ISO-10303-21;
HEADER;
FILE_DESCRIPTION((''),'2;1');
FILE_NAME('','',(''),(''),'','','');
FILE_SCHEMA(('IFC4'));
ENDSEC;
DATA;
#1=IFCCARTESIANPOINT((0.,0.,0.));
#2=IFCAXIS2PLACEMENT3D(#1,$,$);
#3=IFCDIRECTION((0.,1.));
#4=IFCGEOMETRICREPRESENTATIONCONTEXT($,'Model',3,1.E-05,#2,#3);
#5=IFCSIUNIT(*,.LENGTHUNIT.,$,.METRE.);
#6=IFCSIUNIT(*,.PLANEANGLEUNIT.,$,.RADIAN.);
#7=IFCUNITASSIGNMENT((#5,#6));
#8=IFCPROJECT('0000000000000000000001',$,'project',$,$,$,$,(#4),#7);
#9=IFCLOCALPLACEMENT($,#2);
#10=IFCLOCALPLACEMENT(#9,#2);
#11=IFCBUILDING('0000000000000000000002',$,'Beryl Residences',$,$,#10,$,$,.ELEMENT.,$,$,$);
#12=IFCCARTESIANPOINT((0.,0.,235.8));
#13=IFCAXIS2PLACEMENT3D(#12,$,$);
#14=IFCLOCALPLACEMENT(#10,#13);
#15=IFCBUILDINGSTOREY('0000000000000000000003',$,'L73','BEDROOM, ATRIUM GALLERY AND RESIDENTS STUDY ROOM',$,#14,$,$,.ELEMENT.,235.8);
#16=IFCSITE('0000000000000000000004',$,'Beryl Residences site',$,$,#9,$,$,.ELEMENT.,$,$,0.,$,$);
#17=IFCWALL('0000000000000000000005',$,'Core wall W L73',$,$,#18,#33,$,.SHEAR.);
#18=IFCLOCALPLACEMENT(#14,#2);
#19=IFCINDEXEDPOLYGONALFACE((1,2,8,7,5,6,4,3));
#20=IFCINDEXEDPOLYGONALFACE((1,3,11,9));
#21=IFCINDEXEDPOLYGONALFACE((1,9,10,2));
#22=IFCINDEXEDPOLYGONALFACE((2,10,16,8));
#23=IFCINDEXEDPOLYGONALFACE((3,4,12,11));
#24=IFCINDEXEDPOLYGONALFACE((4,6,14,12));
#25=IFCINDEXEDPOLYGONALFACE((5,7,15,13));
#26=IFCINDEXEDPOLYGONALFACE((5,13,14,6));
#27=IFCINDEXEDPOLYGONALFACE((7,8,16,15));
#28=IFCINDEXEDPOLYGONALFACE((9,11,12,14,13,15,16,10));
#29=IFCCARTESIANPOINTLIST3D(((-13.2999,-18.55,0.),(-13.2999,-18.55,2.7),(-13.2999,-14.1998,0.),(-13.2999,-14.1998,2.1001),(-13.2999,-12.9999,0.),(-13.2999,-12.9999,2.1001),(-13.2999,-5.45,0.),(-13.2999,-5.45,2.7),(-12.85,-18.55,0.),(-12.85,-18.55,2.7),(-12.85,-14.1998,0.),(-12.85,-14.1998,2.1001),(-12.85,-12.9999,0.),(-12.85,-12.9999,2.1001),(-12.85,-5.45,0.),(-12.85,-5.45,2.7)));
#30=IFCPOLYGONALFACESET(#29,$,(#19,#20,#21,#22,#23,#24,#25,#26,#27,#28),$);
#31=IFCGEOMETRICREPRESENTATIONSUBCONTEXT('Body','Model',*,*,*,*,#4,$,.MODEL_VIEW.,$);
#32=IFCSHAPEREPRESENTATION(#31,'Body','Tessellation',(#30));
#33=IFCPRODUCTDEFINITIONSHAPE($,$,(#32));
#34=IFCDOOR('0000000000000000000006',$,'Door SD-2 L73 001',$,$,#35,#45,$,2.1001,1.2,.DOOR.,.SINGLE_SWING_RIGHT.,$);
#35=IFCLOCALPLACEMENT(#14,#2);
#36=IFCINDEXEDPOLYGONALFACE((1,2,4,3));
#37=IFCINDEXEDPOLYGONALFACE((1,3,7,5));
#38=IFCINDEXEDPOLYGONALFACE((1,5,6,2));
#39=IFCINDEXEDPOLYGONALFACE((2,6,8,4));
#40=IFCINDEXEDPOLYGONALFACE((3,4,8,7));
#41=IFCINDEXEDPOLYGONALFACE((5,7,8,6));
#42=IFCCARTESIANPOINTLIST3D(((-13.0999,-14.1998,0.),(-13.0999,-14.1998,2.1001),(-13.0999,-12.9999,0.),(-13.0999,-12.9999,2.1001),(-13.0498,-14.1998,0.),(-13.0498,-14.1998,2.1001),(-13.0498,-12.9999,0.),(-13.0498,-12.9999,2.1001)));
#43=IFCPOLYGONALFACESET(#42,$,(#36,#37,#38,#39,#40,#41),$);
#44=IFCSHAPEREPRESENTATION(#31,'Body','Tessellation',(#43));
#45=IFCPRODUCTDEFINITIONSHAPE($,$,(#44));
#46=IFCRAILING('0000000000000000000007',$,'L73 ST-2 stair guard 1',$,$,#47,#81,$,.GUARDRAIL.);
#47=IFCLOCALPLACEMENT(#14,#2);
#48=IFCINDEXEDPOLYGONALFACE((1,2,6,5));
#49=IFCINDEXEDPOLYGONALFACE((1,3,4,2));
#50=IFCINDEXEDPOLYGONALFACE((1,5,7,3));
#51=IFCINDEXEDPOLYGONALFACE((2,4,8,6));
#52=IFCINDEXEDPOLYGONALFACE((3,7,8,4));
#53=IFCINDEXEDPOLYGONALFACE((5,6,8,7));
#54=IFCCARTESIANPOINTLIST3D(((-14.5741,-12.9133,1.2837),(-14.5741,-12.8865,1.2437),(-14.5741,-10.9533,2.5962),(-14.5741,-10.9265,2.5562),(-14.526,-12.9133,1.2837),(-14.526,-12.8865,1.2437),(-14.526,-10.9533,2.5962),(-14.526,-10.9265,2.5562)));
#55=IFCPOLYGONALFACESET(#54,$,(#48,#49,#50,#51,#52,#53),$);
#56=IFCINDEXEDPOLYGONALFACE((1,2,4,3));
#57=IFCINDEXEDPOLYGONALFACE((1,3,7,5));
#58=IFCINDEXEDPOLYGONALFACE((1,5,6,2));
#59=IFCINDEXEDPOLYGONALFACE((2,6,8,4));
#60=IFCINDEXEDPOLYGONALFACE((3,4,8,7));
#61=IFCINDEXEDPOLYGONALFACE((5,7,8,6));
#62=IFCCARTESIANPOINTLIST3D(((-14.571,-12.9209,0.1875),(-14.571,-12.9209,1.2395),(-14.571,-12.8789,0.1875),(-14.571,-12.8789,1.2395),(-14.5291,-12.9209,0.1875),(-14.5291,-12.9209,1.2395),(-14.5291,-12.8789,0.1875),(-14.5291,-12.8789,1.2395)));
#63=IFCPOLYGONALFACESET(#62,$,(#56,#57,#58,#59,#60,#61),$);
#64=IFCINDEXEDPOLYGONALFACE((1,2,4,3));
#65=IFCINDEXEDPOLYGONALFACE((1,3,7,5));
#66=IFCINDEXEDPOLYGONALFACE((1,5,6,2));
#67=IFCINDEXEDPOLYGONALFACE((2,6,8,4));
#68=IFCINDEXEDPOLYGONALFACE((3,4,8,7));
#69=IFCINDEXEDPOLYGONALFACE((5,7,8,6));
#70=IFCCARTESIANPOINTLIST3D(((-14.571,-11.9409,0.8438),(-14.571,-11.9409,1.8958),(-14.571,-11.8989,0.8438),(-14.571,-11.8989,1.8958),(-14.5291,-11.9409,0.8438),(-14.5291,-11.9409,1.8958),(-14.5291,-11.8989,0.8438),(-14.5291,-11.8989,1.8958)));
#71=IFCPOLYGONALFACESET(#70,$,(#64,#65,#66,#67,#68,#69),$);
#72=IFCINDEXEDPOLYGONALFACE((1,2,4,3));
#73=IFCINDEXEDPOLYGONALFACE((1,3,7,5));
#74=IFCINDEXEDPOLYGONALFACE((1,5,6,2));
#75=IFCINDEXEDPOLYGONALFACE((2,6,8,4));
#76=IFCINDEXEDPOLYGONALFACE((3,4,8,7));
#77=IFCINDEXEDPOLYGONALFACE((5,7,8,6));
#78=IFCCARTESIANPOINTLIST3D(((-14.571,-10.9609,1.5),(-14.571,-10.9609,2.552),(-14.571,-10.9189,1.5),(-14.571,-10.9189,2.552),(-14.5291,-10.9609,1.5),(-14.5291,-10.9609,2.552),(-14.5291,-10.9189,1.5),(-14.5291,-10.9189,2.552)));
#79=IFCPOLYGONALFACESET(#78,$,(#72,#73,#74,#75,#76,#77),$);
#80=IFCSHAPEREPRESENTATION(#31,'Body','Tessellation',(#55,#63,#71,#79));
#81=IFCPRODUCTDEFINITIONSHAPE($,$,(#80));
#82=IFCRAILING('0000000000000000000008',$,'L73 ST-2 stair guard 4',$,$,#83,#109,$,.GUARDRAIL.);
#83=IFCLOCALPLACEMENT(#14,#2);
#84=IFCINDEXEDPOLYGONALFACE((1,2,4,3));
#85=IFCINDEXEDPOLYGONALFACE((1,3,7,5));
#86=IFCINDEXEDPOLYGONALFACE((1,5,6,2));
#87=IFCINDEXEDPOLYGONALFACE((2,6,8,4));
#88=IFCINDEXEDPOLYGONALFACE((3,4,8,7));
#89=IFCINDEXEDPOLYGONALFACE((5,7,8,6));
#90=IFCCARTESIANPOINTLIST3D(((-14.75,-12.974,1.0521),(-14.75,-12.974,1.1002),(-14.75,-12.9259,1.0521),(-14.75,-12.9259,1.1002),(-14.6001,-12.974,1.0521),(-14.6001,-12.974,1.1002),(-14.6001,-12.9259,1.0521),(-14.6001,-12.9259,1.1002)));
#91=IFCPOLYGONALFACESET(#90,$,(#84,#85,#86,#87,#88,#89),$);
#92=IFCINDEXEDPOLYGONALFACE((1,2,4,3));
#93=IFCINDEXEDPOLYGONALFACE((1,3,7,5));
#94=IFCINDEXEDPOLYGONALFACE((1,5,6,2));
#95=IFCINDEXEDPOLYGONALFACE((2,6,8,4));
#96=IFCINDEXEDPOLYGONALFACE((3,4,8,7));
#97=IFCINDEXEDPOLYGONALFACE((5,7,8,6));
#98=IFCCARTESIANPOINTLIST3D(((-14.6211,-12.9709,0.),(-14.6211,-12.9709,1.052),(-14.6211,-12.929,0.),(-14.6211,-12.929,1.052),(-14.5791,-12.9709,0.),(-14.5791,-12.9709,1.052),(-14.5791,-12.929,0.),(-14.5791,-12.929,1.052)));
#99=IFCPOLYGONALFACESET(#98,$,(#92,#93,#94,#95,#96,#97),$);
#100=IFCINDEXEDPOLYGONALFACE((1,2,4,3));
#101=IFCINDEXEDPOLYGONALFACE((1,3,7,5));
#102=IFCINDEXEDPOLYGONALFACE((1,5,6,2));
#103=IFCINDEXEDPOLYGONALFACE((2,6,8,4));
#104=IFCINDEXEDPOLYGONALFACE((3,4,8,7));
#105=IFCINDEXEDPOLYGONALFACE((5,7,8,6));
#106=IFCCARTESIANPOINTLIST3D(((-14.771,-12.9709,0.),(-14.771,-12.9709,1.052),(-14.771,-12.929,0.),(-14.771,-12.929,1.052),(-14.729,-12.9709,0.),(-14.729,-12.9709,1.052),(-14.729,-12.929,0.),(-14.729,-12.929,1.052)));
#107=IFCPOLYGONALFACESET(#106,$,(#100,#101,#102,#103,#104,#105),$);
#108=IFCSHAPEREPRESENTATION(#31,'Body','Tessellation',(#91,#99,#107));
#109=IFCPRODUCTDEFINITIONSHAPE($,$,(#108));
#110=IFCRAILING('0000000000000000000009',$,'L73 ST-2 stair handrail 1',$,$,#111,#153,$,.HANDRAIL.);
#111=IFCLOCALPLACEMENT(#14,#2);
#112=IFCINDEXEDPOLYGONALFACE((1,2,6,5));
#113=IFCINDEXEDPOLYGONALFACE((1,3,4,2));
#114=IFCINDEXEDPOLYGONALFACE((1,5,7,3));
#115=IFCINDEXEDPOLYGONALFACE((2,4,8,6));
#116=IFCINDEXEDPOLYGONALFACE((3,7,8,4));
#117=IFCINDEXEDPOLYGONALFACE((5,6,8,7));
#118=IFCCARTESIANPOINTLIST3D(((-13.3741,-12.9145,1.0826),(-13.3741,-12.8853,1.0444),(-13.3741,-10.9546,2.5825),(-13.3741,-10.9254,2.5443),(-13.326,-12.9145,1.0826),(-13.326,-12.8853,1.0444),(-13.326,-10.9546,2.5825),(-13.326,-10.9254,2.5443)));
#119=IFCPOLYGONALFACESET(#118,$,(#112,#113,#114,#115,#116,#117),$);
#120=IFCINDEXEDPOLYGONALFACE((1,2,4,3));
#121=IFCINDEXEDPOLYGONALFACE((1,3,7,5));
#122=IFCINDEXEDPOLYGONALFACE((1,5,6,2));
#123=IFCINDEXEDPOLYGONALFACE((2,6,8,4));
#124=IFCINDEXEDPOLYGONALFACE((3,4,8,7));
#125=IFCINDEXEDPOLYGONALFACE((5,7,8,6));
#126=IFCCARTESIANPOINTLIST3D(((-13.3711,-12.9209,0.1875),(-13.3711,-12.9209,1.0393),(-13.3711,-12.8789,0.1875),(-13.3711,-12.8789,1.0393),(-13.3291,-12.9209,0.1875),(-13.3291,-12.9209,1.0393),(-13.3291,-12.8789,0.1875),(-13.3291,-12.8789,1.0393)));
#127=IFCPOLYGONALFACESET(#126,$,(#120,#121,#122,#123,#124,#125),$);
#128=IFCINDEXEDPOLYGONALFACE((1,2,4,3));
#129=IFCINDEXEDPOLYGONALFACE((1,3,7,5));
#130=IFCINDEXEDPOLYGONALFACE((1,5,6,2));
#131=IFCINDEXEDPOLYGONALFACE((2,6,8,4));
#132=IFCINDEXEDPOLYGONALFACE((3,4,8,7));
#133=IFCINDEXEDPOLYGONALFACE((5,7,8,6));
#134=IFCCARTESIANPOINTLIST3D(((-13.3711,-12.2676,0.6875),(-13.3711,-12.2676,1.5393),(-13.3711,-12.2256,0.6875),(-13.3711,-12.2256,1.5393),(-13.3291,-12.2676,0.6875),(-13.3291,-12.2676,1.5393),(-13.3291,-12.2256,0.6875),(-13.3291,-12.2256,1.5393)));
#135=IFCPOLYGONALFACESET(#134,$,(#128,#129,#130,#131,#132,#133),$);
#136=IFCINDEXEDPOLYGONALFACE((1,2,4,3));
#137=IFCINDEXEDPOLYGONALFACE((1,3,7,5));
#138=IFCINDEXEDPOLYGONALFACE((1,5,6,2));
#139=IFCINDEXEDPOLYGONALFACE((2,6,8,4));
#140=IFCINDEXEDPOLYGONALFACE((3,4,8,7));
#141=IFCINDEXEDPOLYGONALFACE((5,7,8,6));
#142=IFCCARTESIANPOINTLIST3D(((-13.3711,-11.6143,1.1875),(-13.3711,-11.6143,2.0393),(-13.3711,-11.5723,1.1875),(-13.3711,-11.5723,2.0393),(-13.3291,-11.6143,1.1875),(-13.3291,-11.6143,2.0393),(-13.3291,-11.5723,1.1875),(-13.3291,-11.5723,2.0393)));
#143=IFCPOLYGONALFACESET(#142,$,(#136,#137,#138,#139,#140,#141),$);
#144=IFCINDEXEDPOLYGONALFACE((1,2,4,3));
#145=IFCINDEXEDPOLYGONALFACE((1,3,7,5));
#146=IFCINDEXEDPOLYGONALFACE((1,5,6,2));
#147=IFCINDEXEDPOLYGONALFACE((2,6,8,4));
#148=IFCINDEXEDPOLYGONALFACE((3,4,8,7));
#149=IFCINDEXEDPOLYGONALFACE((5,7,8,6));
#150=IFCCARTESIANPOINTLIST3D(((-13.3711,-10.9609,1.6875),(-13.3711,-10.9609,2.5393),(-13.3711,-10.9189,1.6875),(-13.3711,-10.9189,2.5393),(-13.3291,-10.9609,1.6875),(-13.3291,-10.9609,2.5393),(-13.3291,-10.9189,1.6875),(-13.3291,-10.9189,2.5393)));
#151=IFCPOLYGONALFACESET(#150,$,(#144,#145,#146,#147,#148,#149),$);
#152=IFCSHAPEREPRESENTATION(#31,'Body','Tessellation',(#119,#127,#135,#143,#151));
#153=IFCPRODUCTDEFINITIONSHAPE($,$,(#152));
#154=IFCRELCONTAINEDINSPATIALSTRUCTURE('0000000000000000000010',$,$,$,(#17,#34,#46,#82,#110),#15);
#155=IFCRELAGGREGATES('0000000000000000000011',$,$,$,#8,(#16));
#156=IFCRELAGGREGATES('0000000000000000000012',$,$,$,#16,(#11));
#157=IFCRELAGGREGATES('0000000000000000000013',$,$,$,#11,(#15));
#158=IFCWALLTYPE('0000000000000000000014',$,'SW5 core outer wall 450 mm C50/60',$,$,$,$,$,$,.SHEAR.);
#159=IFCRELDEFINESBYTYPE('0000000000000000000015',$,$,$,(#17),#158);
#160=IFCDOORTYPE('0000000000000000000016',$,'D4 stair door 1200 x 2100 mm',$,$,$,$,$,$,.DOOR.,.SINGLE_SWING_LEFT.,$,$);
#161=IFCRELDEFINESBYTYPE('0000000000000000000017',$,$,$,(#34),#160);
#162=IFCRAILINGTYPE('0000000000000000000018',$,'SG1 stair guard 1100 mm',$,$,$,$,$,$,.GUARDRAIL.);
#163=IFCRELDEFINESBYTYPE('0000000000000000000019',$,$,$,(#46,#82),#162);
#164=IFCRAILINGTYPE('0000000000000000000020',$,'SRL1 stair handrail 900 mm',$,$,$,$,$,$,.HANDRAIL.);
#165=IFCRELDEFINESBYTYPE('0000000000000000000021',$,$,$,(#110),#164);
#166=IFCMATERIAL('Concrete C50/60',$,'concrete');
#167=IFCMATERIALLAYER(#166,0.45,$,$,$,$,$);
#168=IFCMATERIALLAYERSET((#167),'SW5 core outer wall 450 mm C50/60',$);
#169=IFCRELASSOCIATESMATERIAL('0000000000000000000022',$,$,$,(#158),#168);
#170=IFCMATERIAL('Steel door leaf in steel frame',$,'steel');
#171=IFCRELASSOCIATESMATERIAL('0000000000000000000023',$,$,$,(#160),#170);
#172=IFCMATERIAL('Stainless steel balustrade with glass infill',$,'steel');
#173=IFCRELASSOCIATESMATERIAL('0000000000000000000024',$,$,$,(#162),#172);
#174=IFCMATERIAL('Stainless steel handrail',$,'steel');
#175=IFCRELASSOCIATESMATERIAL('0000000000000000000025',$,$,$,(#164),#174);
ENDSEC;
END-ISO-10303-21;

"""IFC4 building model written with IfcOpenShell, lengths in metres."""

from ifc_helpers import new_model, si_unit, direction, frame, frame_2d, origin, origin_2d, place, context, subcontext, project, spatial, rectangle, extrude, material, layer, layer_set, type_object, element, fill, save


model = new_model("IFC4")

# Units and contexts
model_context = context("Model", 3, precision=1e-05, world=origin(), true_north=direction((0.0, 1.0)))
body_context = subcontext(model_context, "Body", "Model", "MODEL_VIEW")
ifc_project = project(units=[si_unit("LENGTHUNIT", "METRE"), si_unit("PLANEANGLEUNIT", "RADIAN")], contexts=[model_context])

# Site, building, storey
site_placement = place(None, origin())
site = spatial("IfcSite", under=ifc_project, at=site_placement, Name="Beryl Residences site", CompositionType="ELEMENT", RefElevation=0.0)
building_placement = place(site_placement, origin())
building = spatial("IfcBuilding", under=site, at=building_placement, Name="Beryl Residences", CompositionType="ELEMENT")
storey_placement = place(building_placement, frame((0.0, 0.0, 235.8)))
storey = spatial("IfcBuildingStorey", under=building, at=storey_placement, Name="L73", Description="BEDROOM, ATRIUM GALLERY AND RESIDENTS STUDY ROOM", CompositionType="ELEMENT", Elevation=235.8)

# Wall, opening, door
ifc_material_1 = material(Name="Concrete C50/60", Category="concrete")
ifc_layer_1 = layer(ifc_material_1, 0.45)
ifc_layer_set_1 = layer_set([ifc_layer_1], Name="SW5 core outer wall 450 mm C50/60")
wall_type_1 = type_object("IfcWallType", Name="SW5 core outer wall 450 mm C50/60", PredefinedType="SHEAR", material=ifc_layer_set_1)
wall_1_placement = place(storey_placement, frame((-13.075, -18.55, 0.0), z_axis=(0.0, 0.0, 1.0), x_axis=(0.0, 1.0, 0.0)))
wall_1 = element("IfcWall", 1, at=wall_1_placement, inside=storey, type_object=wall_type_1, Name="Core wall W L73", PredefinedType="SHEAR", context=body_context, shape_type="SweptSolid", body=[
    extrude(rectangle(XDim=13.1001, YDim=0.45, at=frame_2d((6.55, 0.0))), origin(), (0.0, 0.0, 1.0), 2.7),
])
opening_1_placement = place(wall_1_placement, frame((4.3501, 0.0, 0.0)))
opening_1 = element("IfcOpeningElement", 2, at=opening_1_placement, cuts=wall_1, PredefinedType="OPENING", context=body_context, shape_type="SweptSolid", body=[
    extrude(rectangle(XDim=1.2, YDim=2.1001, at=frame_2d((0.6001, 1.05))), frame((0.0, 0.2349, 0.0), z_axis=(0.0, -1.0, 0.0), x_axis=(1.0, 0.0, 0.0)), (0.0, 0.0, 1.0), 0.47),
])
ifc_material_2 = material(Name="Steel door leaf in steel frame", Category="steel")
door_type_1 = type_object("IfcDoorType", Name="D4 stair door 1200 x 2100 mm", OperationType="SINGLE_SWING_LEFT", PredefinedType="DOOR", material=ifc_material_2)
door_1_placement = place(opening_1_placement, origin())
door_1 = element("IfcDoor", 3, at=door_1_placement, inside=storey, type_object=door_type_1, Name="Door SD-2 L73 001", OperationType="SINGLE_SWING_RIGHT", OverallHeight=2.1001, OverallWidth=1.2, PredefinedType="DOOR", context=body_context, shape_type="SweptSolid", body=[
    extrude(rectangle(XDim=1.2, YDim=2.1001, at=frame_2d((0.6001, 1.05))), frame((0.0, 0.0249, 0.0), z_axis=(0.0, -1.0, 0.0), x_axis=(1.0, 0.0, 0.0)), (0.0, 0.0, 1.0), 0.05),
])
fill(opening_1, door_1)

# Railings
ifc_material_3 = material(Name="Stainless steel balustrade with glass infill", Category="steel")
railing_type_1 = type_object("IfcRailingType", Name="SG1 stair guard 1100 mm", PredefinedType="GUARDRAIL", material=ifc_material_3)
railing_1_placement = place(storey_placement, frame((-14.55, -12.8999, 0.1875)))
element("IfcRailing", 4, at=railing_1_placement, inside=storey, type_object=railing_type_1, Name="L73 ST-2 stair guard 1", PredefinedType="GUARDRAIL", context=body_context, shape_type="SweptSolid", body=[
    extrude(rectangle(XDim=0.0481, YDim=0.0481, at=origin_2d()), frame((0.0, 0.0, 1.0762), z_axis=(0.0, 0.830902, 0.556419), x_axis=(-1.0, 0.0, 0.0)), (0.0, 0.0, 1.0), 2.3589),
    extrude(rectangle(XDim=0.042, YDim=0.042, at=origin_2d()), origin(), (0.0, 0.0, 1.0), 1.052),
    extrude(rectangle(XDim=0.042, YDim=0.042, at=origin_2d()), frame((0.0, 0.98, 0.6562)), (0.0, 0.0, 1.0), 1.052),
    extrude(rectangle(XDim=0.042, YDim=0.042, at=origin_2d()), frame((0.0, 1.96, 1.3125)), (0.0, 0.0, 1.0), 1.052),
])
railing_2_placement = place(storey_placement, frame((-14.6001, -12.95, 0.0)))
element("IfcRailing", 5, at=railing_2_placement, inside=storey, type_object=railing_type_1, Name="L73 ST-2 stair guard 4", PredefinedType="GUARDRAIL", context=body_context, shape_type="SweptSolid", body=[
    extrude(rectangle(XDim=0.0481, YDim=0.0481, at=origin_2d()), frame((0.0, 0.0, 1.0762), z_axis=(-1.0, 0.0, 0.0), x_axis=(0.0, -1.0, 0.0)), (0.0, 0.0, 1.0), 0.1499),
    extrude(rectangle(XDim=0.042, YDim=0.042, at=origin_2d()), origin(), (0.0, 0.0, 1.0), 1.052),
    extrude(rectangle(XDim=0.042, YDim=0.042, at=origin_2d()), frame((-0.1499, 0.0, 0.0)), (0.0, 0.0, 1.0), 1.052),
])
ifc_material_4 = material(Name="Stainless steel handrail", Category="steel")
railing_type_2 = type_object("IfcRailingType", Name="SRL1 stair handrail 900 mm", PredefinedType="HANDRAIL", material=ifc_material_4)
railing_3_placement = place(storey_placement, frame((-13.3501, -12.8999, 0.1875)))
element("IfcRailing", 6, at=railing_3_placement, inside=storey, type_object=railing_type_2, Name="L73 ST-2 stair handrail 1", PredefinedType="HANDRAIL", context=body_context, shape_type="SweptSolid", body=[
    extrude(rectangle(XDim=0.0481, YDim=0.0481, at=origin_2d()), frame((0.0, 0.0, 0.876), z_axis=(0.0, 0.794122, 0.607758), x_axis=(-1.0, 0.0, 0.0)), (0.0, 0.0, 1.0), 2.468),
    extrude(rectangle(XDim=0.042, YDim=0.042, at=origin_2d()), origin(), (0.0, 0.0, 1.0), 0.8518),
    extrude(rectangle(XDim=0.042, YDim=0.042, at=origin_2d()), frame((0.0, 0.6533, 0.5)), (0.0, 0.0, 1.0), 0.8518),
    extrude(rectangle(XDim=0.042, YDim=0.042, at=origin_2d()), frame((0.0, 1.3066, 1.0)), (0.0, 0.0, 1.0), 0.8518),
    extrude(rectangle(XDim=0.042, YDim=0.042, at=origin_2d()), frame((0.0, 1.96, 1.5)), (0.0, 0.0, 1.0), 0.8518),
])

save(model, "model.ifc")
